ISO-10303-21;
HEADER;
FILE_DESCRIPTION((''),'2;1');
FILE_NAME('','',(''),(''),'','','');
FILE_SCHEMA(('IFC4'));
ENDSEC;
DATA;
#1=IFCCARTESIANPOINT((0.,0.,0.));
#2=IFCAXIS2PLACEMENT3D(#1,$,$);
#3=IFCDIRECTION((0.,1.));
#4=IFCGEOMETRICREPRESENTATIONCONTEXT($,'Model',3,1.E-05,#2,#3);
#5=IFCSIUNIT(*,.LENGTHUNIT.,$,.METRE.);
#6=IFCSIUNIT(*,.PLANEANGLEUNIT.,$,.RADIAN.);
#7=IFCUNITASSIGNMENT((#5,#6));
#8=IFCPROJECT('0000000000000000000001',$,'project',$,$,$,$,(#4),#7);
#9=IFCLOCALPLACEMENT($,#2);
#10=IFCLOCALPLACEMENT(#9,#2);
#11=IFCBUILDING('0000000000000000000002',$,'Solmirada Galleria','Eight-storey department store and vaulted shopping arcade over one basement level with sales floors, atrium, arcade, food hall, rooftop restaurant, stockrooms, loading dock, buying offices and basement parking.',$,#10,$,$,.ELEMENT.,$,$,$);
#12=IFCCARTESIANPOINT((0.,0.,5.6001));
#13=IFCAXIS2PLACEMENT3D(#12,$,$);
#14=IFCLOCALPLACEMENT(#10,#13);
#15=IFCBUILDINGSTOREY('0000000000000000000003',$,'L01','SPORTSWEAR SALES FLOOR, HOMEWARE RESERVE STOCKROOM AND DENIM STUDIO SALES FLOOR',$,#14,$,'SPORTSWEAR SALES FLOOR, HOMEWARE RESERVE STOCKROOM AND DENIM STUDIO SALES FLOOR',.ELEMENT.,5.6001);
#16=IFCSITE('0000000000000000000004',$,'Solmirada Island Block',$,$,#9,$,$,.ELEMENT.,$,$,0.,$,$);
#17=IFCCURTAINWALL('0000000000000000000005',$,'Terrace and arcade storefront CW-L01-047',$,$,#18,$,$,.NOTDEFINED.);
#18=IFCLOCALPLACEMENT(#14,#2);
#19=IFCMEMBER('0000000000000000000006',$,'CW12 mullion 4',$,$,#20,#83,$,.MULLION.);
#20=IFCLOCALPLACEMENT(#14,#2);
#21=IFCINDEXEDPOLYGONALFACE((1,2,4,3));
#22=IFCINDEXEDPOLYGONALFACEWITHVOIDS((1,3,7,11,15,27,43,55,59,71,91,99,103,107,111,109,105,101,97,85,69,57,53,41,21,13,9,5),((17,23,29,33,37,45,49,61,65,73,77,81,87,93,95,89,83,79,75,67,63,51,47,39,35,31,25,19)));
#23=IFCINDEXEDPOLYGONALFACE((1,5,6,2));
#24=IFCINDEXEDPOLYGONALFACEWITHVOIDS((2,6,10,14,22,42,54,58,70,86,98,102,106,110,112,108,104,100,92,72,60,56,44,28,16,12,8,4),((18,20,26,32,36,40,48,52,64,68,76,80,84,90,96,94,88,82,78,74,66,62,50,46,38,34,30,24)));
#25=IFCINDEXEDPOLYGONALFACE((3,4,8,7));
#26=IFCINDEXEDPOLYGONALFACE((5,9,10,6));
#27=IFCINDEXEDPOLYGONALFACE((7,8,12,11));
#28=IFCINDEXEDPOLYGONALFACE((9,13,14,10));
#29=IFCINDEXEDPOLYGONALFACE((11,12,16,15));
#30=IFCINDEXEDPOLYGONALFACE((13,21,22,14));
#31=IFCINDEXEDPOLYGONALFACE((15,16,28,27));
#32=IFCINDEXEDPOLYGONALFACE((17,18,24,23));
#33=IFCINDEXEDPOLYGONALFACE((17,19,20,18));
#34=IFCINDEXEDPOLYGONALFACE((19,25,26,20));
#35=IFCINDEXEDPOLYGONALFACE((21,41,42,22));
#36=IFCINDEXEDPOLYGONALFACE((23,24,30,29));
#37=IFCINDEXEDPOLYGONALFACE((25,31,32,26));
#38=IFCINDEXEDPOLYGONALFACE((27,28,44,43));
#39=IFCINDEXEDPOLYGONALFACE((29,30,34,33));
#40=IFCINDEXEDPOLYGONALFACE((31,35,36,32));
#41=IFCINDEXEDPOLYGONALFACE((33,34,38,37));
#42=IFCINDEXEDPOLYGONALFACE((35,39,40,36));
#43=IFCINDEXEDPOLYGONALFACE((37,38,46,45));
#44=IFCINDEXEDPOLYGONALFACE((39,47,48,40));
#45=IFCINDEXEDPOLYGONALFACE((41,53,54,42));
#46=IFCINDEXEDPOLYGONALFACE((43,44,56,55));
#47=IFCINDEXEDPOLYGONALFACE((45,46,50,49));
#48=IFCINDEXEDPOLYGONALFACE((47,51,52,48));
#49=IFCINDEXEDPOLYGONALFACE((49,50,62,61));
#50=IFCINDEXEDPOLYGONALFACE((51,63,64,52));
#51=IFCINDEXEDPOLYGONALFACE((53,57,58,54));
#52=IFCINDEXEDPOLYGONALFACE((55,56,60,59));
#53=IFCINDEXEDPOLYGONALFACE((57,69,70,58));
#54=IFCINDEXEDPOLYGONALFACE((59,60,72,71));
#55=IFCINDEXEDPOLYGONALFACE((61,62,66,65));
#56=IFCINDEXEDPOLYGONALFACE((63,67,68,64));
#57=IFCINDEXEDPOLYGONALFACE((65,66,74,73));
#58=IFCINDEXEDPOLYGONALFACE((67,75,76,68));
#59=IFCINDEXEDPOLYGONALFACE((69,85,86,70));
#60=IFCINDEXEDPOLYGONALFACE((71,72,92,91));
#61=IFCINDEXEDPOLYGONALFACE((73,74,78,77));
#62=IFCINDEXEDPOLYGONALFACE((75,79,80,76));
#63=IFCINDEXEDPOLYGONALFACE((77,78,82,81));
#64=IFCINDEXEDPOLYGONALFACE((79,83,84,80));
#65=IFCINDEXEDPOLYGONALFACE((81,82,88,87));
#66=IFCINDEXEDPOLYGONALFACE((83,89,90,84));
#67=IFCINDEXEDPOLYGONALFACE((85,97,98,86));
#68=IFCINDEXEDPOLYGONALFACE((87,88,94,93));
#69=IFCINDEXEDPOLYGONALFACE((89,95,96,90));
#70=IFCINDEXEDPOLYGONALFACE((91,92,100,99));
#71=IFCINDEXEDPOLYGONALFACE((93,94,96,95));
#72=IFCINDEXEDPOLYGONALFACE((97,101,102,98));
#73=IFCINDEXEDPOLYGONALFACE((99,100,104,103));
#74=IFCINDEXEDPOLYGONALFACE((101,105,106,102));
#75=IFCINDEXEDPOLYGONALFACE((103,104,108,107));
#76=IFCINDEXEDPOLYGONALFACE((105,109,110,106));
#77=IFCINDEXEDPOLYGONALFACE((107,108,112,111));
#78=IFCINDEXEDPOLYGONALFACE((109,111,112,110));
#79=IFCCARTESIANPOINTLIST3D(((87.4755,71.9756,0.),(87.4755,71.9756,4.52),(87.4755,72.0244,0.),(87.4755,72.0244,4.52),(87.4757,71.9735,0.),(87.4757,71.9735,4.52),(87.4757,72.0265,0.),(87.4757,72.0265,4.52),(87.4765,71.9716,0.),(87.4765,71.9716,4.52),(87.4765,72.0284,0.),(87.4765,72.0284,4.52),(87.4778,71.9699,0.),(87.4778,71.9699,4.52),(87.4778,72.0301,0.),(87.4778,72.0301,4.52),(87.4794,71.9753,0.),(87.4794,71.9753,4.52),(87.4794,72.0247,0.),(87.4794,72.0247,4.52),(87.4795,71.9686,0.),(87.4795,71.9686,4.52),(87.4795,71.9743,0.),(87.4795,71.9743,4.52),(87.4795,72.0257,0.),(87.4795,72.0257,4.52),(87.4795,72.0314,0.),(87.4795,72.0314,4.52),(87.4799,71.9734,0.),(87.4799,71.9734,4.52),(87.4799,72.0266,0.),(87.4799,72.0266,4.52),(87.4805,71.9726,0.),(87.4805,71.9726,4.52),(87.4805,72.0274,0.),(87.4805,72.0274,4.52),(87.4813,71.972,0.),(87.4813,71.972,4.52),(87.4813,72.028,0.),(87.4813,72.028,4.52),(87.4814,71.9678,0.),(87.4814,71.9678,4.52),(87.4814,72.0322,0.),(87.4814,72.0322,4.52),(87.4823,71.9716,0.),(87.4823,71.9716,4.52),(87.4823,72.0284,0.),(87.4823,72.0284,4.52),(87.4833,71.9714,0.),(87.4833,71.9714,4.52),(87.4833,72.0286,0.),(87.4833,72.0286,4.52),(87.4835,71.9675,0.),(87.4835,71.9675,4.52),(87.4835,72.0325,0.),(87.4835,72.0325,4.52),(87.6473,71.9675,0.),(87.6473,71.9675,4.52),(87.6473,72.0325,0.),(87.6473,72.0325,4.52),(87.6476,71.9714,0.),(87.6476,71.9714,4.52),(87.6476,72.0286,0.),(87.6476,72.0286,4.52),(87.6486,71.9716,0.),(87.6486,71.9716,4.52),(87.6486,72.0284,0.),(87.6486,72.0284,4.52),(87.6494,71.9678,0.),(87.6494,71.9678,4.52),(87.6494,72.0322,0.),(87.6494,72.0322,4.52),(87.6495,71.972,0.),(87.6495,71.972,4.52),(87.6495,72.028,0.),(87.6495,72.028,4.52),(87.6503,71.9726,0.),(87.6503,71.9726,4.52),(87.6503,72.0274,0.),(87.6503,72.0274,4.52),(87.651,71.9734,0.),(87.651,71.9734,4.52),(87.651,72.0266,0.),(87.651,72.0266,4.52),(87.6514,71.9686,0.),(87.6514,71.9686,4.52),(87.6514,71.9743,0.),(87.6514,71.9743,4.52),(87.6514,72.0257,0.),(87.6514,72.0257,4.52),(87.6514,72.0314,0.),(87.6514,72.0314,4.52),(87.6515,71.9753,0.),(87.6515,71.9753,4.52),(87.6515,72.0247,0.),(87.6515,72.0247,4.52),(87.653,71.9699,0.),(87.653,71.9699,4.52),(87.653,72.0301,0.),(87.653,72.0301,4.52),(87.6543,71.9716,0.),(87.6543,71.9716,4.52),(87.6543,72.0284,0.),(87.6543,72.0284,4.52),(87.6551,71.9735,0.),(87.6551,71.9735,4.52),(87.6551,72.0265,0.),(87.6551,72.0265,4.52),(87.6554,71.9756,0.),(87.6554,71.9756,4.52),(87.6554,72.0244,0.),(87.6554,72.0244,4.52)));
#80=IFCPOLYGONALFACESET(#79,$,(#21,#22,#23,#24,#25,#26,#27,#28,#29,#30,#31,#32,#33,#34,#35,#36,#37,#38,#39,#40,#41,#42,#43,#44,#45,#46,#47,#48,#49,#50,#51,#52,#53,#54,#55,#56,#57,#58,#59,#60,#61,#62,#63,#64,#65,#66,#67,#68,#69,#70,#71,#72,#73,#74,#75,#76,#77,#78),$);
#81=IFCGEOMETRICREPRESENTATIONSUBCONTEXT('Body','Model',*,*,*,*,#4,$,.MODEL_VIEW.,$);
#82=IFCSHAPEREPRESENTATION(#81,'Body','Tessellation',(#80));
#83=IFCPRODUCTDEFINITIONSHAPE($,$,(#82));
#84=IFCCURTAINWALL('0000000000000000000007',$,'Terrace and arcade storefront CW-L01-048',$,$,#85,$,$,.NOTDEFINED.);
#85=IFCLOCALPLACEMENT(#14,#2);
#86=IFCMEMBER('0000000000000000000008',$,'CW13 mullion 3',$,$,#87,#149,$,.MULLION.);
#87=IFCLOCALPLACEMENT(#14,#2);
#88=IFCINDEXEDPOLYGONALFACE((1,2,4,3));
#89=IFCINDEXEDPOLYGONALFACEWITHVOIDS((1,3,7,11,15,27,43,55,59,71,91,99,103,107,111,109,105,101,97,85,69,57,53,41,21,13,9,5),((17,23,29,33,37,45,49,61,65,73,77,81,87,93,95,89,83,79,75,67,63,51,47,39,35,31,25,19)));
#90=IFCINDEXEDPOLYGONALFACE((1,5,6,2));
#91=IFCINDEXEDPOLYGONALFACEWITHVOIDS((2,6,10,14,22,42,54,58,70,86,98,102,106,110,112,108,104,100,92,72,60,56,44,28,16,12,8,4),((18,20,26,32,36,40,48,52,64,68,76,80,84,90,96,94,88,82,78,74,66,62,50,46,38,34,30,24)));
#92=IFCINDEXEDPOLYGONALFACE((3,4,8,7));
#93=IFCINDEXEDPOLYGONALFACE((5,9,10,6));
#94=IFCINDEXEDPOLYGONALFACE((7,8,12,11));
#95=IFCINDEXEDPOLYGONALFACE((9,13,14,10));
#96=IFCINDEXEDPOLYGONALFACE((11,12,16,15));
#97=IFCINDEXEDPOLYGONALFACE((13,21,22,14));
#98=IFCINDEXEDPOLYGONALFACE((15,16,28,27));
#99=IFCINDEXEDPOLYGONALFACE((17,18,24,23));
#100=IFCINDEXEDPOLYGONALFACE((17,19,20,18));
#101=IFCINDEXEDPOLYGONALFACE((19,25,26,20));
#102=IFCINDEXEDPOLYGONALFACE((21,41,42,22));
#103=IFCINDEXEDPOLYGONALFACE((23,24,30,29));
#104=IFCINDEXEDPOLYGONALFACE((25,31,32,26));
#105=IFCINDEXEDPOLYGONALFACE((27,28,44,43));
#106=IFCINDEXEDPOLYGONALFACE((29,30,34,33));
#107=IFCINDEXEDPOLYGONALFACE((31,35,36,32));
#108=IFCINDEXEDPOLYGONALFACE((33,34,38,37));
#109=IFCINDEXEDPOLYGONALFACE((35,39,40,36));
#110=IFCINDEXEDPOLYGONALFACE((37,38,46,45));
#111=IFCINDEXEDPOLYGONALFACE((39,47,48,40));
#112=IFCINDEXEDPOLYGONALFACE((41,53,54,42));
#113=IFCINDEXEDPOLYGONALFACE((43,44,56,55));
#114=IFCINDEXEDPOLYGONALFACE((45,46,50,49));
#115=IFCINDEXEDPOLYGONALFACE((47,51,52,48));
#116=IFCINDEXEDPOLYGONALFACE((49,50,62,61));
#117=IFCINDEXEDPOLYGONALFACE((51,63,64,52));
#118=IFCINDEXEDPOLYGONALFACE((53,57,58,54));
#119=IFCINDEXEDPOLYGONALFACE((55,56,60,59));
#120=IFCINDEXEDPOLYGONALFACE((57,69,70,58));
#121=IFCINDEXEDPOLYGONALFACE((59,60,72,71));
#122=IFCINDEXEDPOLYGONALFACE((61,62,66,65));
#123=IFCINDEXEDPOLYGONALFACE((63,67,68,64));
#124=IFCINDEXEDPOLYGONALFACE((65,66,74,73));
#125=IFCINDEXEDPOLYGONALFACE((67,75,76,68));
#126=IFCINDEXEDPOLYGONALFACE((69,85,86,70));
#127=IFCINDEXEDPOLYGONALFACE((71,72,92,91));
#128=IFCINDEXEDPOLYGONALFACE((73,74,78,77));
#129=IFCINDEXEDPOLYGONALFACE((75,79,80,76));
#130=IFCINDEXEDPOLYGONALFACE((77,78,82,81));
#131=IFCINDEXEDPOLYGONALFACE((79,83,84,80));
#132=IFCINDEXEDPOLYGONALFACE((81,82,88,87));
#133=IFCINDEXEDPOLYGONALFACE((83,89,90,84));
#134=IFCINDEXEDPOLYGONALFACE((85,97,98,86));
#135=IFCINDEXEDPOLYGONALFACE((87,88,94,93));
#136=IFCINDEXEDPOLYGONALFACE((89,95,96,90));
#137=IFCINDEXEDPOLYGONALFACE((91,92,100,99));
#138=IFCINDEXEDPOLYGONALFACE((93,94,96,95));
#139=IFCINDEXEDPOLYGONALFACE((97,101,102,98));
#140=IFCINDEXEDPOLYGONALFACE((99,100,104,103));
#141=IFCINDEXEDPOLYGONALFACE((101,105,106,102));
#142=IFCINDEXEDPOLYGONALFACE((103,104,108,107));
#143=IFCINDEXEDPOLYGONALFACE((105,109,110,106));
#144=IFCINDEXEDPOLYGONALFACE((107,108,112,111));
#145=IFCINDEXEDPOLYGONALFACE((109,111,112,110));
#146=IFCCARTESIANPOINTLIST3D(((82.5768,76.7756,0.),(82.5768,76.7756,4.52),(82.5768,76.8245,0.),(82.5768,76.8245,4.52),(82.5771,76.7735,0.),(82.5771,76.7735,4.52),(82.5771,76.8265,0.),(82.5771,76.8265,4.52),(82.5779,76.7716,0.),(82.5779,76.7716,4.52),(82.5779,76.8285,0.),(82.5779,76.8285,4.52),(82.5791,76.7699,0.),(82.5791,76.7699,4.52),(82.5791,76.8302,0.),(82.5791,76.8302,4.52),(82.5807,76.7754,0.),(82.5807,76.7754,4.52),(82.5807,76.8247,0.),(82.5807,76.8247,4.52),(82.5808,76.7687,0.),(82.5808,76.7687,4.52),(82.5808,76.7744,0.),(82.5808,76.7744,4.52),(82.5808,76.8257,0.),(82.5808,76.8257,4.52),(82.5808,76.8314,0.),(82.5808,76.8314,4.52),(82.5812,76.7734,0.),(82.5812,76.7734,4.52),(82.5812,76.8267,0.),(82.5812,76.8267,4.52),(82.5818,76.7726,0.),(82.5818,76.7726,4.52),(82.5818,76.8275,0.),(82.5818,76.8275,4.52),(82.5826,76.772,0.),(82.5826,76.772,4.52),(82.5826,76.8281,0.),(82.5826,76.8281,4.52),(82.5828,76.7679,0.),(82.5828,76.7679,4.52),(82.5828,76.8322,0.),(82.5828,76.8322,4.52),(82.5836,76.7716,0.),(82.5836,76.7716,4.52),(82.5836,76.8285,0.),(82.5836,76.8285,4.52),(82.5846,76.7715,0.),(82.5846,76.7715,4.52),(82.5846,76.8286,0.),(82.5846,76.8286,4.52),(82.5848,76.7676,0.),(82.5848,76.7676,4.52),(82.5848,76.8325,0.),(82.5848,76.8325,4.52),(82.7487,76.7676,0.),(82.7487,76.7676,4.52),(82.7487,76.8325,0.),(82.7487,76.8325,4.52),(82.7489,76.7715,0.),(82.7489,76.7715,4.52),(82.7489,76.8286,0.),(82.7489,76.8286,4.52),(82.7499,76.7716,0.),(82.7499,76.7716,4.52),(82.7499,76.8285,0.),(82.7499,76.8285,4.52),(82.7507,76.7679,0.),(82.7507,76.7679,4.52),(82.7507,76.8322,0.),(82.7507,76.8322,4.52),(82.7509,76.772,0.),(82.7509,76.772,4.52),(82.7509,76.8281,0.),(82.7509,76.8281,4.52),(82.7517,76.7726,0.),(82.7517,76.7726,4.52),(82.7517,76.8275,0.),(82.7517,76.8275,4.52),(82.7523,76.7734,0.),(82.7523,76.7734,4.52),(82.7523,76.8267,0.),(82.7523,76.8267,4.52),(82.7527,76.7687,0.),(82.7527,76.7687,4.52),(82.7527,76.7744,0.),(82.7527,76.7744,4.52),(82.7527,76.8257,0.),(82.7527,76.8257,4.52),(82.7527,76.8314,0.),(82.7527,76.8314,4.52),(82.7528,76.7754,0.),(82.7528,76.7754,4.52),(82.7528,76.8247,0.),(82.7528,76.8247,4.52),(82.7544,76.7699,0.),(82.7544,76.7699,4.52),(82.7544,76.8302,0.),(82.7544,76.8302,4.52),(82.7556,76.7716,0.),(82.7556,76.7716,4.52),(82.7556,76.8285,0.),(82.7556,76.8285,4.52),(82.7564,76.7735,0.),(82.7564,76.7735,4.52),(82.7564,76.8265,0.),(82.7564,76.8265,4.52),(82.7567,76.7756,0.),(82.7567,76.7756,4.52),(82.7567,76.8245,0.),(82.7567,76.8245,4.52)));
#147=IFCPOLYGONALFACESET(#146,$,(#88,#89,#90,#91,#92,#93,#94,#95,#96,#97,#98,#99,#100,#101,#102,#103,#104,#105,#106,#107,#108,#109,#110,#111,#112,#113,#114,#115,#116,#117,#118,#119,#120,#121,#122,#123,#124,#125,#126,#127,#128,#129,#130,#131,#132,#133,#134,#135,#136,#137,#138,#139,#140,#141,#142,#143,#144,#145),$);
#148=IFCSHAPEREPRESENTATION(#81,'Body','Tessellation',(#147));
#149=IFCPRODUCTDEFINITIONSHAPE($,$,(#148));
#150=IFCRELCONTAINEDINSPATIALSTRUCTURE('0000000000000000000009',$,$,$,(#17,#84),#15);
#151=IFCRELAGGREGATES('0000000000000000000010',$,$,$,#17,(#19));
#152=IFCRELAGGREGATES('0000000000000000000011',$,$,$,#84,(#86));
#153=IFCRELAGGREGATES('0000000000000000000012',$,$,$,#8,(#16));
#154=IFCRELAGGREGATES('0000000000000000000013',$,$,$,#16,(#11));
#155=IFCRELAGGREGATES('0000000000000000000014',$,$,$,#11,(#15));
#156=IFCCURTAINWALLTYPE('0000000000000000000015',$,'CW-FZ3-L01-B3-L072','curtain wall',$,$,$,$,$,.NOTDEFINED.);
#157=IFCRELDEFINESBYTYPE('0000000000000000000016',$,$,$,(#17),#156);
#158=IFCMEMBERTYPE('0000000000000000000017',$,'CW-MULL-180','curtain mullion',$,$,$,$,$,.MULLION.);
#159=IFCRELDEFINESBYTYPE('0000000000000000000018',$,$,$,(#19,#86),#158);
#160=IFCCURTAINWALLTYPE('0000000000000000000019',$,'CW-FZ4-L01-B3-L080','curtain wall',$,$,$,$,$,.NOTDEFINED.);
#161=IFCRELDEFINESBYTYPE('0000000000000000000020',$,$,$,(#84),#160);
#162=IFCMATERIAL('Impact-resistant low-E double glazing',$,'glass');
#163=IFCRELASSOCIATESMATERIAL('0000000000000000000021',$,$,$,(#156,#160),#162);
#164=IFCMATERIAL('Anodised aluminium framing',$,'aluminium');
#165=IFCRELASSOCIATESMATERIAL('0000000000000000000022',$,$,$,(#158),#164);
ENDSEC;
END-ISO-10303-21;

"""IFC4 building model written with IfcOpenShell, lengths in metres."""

from ifc_helpers import new_model, si_unit, direction, frame, origin, origin_2d, place, context, subcontext, project, spatial, hollow_rectangle, extrude, material, material_profile, profile_set, type_object, element, aggregate, save


model = new_model("IFC4")

# Units and contexts
model_context = context("Model", 3, precision=1e-05, world=origin(), true_north=direction((0.0, 1.0)))
body_context = subcontext(model_context, "Body", "Model", "MODEL_VIEW")
ifc_project = project(units=[si_unit("LENGTHUNIT", "METRE"), si_unit("PLANEANGLEUNIT", "RADIAN")], contexts=[model_context])

# Site, building, storey
site_placement = place(None, origin())
site = spatial("IfcSite", under=ifc_project, at=site_placement, Name="Solmirada Island Block", CompositionType="ELEMENT", RefElevation=0.0)
building_placement = place(site_placement, origin())
building = spatial("IfcBuilding", under=site, at=building_placement, Name="Solmirada Galleria", Description="Eight-storey department store and vaulted shopping arcade over one basement level with sales floors, atrium, arcade, food hall, rooftop restaurant, stockrooms, loading dock, buying offices and basement parking.", CompositionType="ELEMENT")
storey_placement = place(building_placement, frame((0.0, 0.0, 5.6001)))
storey = spatial("IfcBuildingStorey", under=building, at=storey_placement, Name="L01", Description="SPORTSWEAR SALES FLOOR, HOMEWARE RESERVE STOCKROOM AND DENIM STUDIO SALES FLOOR", LongName="SPORTSWEAR SALES FLOOR, HOMEWARE RESERVE STOCKROOM AND DENIM STUDIO SALES FLOOR", CompositionType="ELEMENT", Elevation=5.6001)

# Curtain wall, member
ifc_material_1 = material(Name="Impact-resistant low-E double glazing", Category="glass")
curtain_wall_type_1 = type_object("IfcCurtainWallType", Name="CW-FZ3-L01-B3-L072", Description="curtain wall", PredefinedType="NOTDEFINED", material=ifc_material_1)
curtain_wall_1_placement = place(storey_placement, origin())
curtain_wall_1 = element("IfcCurtainWall", 1, at=curtain_wall_1_placement, inside=storey, type_object=curtain_wall_type_1, Name="Terrace and arcade storefront CW-L01-047", PredefinedType="NOTDEFINED")
ifc_material_2 = material(Name="Anodised aluminium framing", Category="aluminium")
ifc_material_profile_1 = material_profile(ifc_material_2, hollow_rectangle(XDim=0.0649, YDim=0.1799, WallThickness=0.0039, InnerFilletRadius=0.0039, OuterFilletRadius=0.0081, at=origin_2d()), Name="ALU-MULL-180X65")
ifc_profile_set_1 = profile_set([ifc_material_profile_1], Name="Anodised aluminium framing")
member_type_1 = type_object("IfcMemberType", Name="CW-MULL-180", Description="curtain mullion", PredefinedType="MULLION", material=ifc_profile_set_1)
member_1_placement = place(storey_placement, frame((87.5654, 72.0, 0.0), z_axis=(0.0, 0.0, 1.0), x_axis=(0.0, 1.0, 0.0)))
member_1 = element("IfcMember", 2, at=member_1_placement, type_object=member_type_1, Name="CW12 mullion 4", PredefinedType="MULLION", context=body_context, shape_type="SweptSolid", body=[
    extrude(hollow_rectangle(XDim=0.0649, YDim=0.1799, WallThickness=0.0039, InnerFilletRadius=0.0039, OuterFilletRadius=0.0081, at=origin_2d()), origin(), (0.0, 0.0, 1.0), 4.52),
])

# Curtain wall, member
curtain_wall_type_2 = type_object("IfcCurtainWallType", Name="CW-FZ4-L01-B3-L080", Description="curtain wall", PredefinedType="NOTDEFINED", material=ifc_material_1)
curtain_wall_2_placement = place(storey_placement, origin())
curtain_wall_2 = element("IfcCurtainWall", 3, at=curtain_wall_2_placement, inside=storey, type_object=curtain_wall_type_2, Name="Terrace and arcade storefront CW-L01-048", PredefinedType="NOTDEFINED")
member_2_placement = place(storey_placement, frame((82.6667, 76.8, 0.0), z_axis=(0.0, 0.0, 1.0), x_axis=(0.0, -1.0, 0.0)))
member_2 = element("IfcMember", 4, at=member_2_placement, type_object=member_type_1, Name="CW13 mullion 3", PredefinedType="MULLION", context=body_context, shape_type="SweptSolid", body=[
    extrude(hollow_rectangle(XDim=0.0649, YDim=0.1799, WallThickness=0.0039, InnerFilletRadius=0.0039, OuterFilletRadius=0.0081, at=origin_2d()), origin(), (0.0, 0.0, 1.0), 4.52),
])

aggregate(curtain_wall_1, [member_1])
aggregate(curtain_wall_2, [member_2])

save(model, "model.ifc")
